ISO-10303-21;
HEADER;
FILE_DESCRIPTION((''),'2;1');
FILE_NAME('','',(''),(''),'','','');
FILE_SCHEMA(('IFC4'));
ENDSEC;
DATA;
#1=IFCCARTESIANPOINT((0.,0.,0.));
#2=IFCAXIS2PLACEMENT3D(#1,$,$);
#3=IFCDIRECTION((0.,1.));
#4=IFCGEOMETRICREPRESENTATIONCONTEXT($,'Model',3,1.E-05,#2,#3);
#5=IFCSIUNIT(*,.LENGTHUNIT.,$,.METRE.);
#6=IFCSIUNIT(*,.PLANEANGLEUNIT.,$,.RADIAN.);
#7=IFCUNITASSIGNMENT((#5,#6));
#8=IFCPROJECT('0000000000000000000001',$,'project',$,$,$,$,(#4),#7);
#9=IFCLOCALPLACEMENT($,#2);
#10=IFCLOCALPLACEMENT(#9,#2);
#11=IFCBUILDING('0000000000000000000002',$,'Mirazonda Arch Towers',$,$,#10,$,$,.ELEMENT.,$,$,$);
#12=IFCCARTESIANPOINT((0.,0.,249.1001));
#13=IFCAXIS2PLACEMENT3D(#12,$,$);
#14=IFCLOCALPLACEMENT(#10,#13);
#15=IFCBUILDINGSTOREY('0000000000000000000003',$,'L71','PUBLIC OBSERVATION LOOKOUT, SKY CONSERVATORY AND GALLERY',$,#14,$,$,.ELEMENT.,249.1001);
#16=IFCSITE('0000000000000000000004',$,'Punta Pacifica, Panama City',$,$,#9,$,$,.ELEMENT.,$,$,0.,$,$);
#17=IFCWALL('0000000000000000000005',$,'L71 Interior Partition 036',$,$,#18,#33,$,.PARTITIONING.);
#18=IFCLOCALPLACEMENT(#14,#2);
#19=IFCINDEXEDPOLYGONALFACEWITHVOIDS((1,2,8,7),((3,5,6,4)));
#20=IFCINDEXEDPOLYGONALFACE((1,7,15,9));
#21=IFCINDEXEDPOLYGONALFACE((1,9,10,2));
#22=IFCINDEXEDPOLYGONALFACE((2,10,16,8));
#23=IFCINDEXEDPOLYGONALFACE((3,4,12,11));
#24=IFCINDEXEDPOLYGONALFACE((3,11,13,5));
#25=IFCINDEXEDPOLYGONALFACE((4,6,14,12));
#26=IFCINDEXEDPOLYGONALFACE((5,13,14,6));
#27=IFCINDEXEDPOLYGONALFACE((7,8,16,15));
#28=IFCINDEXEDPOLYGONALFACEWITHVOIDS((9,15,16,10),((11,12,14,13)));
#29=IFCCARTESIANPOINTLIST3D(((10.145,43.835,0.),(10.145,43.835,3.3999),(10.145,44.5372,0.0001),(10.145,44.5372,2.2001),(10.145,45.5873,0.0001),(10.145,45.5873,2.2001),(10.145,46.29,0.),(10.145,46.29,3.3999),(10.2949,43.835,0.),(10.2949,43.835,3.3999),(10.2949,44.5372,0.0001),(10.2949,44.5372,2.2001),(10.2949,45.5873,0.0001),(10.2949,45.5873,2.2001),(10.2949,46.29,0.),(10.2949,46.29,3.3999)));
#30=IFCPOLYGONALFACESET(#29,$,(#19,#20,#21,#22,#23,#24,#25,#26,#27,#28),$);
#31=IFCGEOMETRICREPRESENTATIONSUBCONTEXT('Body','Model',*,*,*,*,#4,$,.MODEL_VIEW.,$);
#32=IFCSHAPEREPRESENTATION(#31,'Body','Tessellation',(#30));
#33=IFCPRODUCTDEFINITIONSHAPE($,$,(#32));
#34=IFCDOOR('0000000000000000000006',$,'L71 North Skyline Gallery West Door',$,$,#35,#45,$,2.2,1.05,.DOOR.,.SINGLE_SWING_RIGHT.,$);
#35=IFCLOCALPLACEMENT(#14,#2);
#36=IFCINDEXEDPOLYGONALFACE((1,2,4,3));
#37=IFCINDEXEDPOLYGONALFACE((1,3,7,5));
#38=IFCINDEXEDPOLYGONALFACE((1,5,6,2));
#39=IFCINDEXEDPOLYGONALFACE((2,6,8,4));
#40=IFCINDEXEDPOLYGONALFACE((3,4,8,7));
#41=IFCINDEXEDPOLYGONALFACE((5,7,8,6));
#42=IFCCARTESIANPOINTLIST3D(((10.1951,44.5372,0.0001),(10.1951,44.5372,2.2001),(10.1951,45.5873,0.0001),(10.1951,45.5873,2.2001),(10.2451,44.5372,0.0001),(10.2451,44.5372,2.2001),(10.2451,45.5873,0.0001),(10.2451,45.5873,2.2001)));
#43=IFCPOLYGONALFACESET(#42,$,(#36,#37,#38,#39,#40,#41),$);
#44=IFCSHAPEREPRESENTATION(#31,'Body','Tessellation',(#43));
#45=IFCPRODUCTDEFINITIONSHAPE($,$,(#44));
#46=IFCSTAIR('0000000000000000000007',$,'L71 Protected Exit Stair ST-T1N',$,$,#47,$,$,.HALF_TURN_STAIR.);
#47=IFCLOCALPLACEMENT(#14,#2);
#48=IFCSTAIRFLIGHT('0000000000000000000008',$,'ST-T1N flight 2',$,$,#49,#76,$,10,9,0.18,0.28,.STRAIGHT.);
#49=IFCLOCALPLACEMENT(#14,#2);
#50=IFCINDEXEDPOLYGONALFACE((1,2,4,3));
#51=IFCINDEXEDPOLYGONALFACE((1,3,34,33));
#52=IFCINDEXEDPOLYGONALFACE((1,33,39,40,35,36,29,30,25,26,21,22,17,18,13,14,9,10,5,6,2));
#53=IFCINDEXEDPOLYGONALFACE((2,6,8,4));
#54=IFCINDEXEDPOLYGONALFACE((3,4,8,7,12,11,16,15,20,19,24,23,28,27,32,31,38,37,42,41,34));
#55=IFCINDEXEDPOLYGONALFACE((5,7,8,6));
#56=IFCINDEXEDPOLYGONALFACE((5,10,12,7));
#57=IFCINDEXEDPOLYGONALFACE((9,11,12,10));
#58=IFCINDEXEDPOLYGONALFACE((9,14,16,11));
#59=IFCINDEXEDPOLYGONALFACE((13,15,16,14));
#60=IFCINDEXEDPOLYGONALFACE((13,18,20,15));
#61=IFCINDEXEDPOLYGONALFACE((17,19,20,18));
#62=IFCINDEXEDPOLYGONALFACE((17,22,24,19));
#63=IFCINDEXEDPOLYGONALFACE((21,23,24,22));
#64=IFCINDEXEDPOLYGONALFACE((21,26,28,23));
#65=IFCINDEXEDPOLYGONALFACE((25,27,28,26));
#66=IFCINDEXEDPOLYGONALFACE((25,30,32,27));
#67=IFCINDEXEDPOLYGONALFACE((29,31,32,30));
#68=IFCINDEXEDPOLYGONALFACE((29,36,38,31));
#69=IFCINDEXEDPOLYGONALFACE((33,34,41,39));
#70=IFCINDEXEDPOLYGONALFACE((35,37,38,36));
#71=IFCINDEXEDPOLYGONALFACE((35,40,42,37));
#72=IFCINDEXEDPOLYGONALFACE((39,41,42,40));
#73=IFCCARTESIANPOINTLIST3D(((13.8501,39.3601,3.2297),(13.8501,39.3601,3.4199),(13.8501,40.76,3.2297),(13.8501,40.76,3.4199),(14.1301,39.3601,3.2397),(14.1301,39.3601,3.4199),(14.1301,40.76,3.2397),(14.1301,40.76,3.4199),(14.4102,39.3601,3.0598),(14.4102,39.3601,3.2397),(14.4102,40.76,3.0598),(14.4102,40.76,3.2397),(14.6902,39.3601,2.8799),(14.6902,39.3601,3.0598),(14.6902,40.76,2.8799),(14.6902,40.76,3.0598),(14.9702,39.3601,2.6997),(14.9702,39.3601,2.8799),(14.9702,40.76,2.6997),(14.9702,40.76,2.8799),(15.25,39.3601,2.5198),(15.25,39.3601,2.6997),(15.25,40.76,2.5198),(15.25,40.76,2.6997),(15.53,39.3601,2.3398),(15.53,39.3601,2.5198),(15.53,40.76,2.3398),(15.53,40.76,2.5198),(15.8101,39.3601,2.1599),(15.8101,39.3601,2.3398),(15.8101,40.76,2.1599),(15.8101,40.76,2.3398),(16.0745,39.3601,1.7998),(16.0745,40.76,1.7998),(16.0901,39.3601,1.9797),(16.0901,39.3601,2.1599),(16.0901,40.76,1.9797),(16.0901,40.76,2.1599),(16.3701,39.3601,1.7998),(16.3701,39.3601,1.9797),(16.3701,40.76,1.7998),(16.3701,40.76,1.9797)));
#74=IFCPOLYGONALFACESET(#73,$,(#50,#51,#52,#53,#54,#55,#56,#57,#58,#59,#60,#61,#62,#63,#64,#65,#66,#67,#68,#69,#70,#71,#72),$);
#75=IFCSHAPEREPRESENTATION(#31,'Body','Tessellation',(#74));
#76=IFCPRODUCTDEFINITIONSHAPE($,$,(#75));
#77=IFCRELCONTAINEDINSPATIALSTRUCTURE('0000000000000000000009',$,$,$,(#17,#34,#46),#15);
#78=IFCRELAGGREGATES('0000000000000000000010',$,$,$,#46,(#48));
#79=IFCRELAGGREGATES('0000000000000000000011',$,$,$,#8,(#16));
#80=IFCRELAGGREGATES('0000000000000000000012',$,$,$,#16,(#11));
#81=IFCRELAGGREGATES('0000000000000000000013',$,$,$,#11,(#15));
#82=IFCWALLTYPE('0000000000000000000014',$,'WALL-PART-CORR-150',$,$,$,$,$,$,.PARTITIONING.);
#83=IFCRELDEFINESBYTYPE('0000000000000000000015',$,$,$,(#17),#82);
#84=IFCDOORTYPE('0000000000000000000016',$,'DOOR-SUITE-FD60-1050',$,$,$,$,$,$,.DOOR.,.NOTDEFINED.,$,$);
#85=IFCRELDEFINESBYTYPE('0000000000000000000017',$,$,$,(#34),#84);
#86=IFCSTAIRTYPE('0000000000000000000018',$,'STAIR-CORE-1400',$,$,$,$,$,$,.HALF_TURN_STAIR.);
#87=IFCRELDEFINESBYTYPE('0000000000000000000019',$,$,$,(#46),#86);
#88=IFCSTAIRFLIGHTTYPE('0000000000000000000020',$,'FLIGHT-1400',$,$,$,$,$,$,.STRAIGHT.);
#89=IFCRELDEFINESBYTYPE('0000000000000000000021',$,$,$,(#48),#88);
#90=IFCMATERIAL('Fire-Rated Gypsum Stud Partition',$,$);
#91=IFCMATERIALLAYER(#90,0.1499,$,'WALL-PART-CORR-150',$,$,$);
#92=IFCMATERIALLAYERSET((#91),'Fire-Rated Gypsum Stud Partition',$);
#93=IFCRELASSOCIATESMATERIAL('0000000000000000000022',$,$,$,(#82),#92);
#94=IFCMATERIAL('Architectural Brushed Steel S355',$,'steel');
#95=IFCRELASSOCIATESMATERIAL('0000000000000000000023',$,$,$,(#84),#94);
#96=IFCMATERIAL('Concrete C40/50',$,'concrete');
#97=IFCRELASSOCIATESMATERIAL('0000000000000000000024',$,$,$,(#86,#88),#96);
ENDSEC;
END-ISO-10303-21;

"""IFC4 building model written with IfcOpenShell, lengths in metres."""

from ifc_helpers import new_model, si_unit, direction, frame, frame_2d, origin, place, context, subcontext, project, spatial, polyline, rectangle, outline, extrude, material, layer, layer_set, type_object, element, fill, aggregate, save


model = new_model("IFC4")

# Units and contexts
model_context = context("Model", 3, precision=1e-05, world=origin(), true_north=direction((0.0, 1.0)))
body_context = subcontext(model_context, "Body", "Model", "MODEL_VIEW")
ifc_project = project(units=[si_unit("LENGTHUNIT", "METRE"), si_unit("PLANEANGLEUNIT", "RADIAN")], contexts=[model_context])

# Site, building, storey
site_placement = place(None, origin())
site = spatial("IfcSite", under=ifc_project, at=site_placement, Name="Punta Pacifica, Panama City", CompositionType="ELEMENT", RefElevation=0.0)
building_placement = place(site_placement, origin())
building = spatial("IfcBuilding", under=site, at=building_placement, Name="Mirazonda Arch Towers", CompositionType="ELEMENT")
storey_placement = place(building_placement, frame((0.0, 0.0, 249.1001)))
storey = spatial("IfcBuildingStorey", under=building, at=storey_placement, Name="L71", Description="PUBLIC OBSERVATION LOOKOUT, SKY CONSERVATORY AND GALLERY", CompositionType="ELEMENT", Elevation=249.1001)

# Shared definitions
ifc_material_1 = material(Name="Fire-Rated Gypsum Stud Partition")
ifc_layer_1 = layer(ifc_material_1, 0.1499, Name="WALL-PART-CORR-150")
ifc_layer_set_1 = layer_set([ifc_layer_1], Name="Fire-Rated Gypsum Stud Partition")
wall_type_1 = type_object("IfcWallType", Name="WALL-PART-CORR-150", PredefinedType="PARTITIONING", material=ifc_layer_set_1)

# Wall, opening, door
wall_1_placement = place(storey_placement, frame((10.22, 43.835, 0.0), z_axis=(0.0, 0.0, 1.0), x_axis=(0.0, 1.0, 0.0)))
wall_1 = element("IfcWall", 1, at=wall_1_placement, inside=storey, type_object=wall_type_1, Name="L71 Interior Partition 036", PredefinedType="PARTITIONING", context=body_context, shape_type="SweptSolid", body=[
    extrude(rectangle(XDim=2.4551, YDim=0.1499, at=frame_2d((1.2275, 0.0))), origin(), (0.0, 0.0, 1.0), 3.3999),
])
opening_placement = place(wall_1_placement, frame((0.7024, 0.0, 0.0)))
opening = element("IfcOpeningElement", 2, at=opening_placement, cuts=wall_1, PredefinedType="OPENING", context=body_context, shape_type="SweptSolid", body=[
    extrude(rectangle(XDim=1.05, YDim=2.2, at=frame_2d((0.5249, 1.1001))), frame((0.0, 0.085, 0.0), z_axis=(0.0, -1.0, 0.0), x_axis=(1.0, 0.0, 0.0)), (0.0, 0.0, 1.0), 0.1699),
])
ifc_material_2 = material(Name="Architectural Brushed Steel S355", Category="steel")
door_type = type_object("IfcDoorType", Name="DOOR-SUITE-FD60-1050", OperationType="NOTDEFINED", PredefinedType="DOOR", material=ifc_material_2)
door_placement = place(opening_placement, origin())
door = element("IfcDoor", 3, at=door_placement, inside=storey, type_object=door_type, Name="L71 North Skyline Gallery West Door", OperationType="SINGLE_SWING_RIGHT", OverallHeight=2.2, OverallWidth=1.05, PredefinedType="DOOR", context=body_context, shape_type="SweptSolid", body=[
    extrude(rectangle(XDim=1.05, YDim=2.2, at=frame_2d((0.5249, 1.1001))), frame((0.0, 0.0249, 0.0), z_axis=(0.0, -1.0, 0.0), x_axis=(1.0, 0.0, 0.0)), (0.0, 0.0, 1.0), 0.05),
])
fill(opening, door)

# Stair, stair flight
ifc_material_3 = material(Name="Concrete C40/50", Category="concrete")
stair_type = type_object("IfcStairType", Name="STAIR-CORE-1400", PredefinedType="HALF_TURN_STAIR", material=ifc_material_3)
stair_placement = place(storey_placement, origin())
stair = element("IfcStair", 4, at=stair_placement, inside=storey, type_object=stair_type, Name="L71 Protected Exit Stair ST-T1N", PredefinedType="HALF_TURN_STAIR")
stair_flight_type = type_object("IfcStairFlightType", Name="FLIGHT-1400", PredefinedType="STRAIGHT", material=ifc_material_3)
stair_flight_placement = place(storey_placement, frame((16.3701, 40.0601, 1.7998), z_axis=(0.0, 0.0, 1.0), x_axis=(-1.0, 0.0, 0.0)))
stair_flight = element("IfcStairFlight", 5, at=stair_flight_placement, type_object=stair_flight_type, Name="ST-T1N flight 2", NumberOfRisers=10, NumberOfTreads=9, PredefinedType="STRAIGHT", RiserHeight=0.18, TreadLength=0.28, context=body_context, shape_type="SweptSolid", body=[
    extrude(outline(polyline([(0.0, 0.0), (0.0, 0.1799), (0.28, 0.1799), (0.28, 0.3601), (0.5601, 0.3601), (0.5601, 0.54), (0.8401, 0.54), (0.8401, 0.72), (1.1201, 0.72), (1.1201, 0.8999), (1.3999, 0.8999), (1.3999, 1.0801), (1.6799, 1.0801), (1.6799, 1.26), (1.96, 1.26), (1.96, 1.4399), (2.24, 1.4399), (2.24, 1.6201), (2.52, 1.6201), (2.52, 1.8), (2.52, 1.4299), (0.2957, 0.0), (0.0, 0.0)])), frame((0.0, 0.7, 0.0), z_axis=(0.0, -1.0, 0.0), x_axis=(1.0, 0.0, 0.0)), (0.0, 0.0, 1.0), 1.3999),
])
aggregate(stair, [stair_flight])

save(model, "model.ifc")
